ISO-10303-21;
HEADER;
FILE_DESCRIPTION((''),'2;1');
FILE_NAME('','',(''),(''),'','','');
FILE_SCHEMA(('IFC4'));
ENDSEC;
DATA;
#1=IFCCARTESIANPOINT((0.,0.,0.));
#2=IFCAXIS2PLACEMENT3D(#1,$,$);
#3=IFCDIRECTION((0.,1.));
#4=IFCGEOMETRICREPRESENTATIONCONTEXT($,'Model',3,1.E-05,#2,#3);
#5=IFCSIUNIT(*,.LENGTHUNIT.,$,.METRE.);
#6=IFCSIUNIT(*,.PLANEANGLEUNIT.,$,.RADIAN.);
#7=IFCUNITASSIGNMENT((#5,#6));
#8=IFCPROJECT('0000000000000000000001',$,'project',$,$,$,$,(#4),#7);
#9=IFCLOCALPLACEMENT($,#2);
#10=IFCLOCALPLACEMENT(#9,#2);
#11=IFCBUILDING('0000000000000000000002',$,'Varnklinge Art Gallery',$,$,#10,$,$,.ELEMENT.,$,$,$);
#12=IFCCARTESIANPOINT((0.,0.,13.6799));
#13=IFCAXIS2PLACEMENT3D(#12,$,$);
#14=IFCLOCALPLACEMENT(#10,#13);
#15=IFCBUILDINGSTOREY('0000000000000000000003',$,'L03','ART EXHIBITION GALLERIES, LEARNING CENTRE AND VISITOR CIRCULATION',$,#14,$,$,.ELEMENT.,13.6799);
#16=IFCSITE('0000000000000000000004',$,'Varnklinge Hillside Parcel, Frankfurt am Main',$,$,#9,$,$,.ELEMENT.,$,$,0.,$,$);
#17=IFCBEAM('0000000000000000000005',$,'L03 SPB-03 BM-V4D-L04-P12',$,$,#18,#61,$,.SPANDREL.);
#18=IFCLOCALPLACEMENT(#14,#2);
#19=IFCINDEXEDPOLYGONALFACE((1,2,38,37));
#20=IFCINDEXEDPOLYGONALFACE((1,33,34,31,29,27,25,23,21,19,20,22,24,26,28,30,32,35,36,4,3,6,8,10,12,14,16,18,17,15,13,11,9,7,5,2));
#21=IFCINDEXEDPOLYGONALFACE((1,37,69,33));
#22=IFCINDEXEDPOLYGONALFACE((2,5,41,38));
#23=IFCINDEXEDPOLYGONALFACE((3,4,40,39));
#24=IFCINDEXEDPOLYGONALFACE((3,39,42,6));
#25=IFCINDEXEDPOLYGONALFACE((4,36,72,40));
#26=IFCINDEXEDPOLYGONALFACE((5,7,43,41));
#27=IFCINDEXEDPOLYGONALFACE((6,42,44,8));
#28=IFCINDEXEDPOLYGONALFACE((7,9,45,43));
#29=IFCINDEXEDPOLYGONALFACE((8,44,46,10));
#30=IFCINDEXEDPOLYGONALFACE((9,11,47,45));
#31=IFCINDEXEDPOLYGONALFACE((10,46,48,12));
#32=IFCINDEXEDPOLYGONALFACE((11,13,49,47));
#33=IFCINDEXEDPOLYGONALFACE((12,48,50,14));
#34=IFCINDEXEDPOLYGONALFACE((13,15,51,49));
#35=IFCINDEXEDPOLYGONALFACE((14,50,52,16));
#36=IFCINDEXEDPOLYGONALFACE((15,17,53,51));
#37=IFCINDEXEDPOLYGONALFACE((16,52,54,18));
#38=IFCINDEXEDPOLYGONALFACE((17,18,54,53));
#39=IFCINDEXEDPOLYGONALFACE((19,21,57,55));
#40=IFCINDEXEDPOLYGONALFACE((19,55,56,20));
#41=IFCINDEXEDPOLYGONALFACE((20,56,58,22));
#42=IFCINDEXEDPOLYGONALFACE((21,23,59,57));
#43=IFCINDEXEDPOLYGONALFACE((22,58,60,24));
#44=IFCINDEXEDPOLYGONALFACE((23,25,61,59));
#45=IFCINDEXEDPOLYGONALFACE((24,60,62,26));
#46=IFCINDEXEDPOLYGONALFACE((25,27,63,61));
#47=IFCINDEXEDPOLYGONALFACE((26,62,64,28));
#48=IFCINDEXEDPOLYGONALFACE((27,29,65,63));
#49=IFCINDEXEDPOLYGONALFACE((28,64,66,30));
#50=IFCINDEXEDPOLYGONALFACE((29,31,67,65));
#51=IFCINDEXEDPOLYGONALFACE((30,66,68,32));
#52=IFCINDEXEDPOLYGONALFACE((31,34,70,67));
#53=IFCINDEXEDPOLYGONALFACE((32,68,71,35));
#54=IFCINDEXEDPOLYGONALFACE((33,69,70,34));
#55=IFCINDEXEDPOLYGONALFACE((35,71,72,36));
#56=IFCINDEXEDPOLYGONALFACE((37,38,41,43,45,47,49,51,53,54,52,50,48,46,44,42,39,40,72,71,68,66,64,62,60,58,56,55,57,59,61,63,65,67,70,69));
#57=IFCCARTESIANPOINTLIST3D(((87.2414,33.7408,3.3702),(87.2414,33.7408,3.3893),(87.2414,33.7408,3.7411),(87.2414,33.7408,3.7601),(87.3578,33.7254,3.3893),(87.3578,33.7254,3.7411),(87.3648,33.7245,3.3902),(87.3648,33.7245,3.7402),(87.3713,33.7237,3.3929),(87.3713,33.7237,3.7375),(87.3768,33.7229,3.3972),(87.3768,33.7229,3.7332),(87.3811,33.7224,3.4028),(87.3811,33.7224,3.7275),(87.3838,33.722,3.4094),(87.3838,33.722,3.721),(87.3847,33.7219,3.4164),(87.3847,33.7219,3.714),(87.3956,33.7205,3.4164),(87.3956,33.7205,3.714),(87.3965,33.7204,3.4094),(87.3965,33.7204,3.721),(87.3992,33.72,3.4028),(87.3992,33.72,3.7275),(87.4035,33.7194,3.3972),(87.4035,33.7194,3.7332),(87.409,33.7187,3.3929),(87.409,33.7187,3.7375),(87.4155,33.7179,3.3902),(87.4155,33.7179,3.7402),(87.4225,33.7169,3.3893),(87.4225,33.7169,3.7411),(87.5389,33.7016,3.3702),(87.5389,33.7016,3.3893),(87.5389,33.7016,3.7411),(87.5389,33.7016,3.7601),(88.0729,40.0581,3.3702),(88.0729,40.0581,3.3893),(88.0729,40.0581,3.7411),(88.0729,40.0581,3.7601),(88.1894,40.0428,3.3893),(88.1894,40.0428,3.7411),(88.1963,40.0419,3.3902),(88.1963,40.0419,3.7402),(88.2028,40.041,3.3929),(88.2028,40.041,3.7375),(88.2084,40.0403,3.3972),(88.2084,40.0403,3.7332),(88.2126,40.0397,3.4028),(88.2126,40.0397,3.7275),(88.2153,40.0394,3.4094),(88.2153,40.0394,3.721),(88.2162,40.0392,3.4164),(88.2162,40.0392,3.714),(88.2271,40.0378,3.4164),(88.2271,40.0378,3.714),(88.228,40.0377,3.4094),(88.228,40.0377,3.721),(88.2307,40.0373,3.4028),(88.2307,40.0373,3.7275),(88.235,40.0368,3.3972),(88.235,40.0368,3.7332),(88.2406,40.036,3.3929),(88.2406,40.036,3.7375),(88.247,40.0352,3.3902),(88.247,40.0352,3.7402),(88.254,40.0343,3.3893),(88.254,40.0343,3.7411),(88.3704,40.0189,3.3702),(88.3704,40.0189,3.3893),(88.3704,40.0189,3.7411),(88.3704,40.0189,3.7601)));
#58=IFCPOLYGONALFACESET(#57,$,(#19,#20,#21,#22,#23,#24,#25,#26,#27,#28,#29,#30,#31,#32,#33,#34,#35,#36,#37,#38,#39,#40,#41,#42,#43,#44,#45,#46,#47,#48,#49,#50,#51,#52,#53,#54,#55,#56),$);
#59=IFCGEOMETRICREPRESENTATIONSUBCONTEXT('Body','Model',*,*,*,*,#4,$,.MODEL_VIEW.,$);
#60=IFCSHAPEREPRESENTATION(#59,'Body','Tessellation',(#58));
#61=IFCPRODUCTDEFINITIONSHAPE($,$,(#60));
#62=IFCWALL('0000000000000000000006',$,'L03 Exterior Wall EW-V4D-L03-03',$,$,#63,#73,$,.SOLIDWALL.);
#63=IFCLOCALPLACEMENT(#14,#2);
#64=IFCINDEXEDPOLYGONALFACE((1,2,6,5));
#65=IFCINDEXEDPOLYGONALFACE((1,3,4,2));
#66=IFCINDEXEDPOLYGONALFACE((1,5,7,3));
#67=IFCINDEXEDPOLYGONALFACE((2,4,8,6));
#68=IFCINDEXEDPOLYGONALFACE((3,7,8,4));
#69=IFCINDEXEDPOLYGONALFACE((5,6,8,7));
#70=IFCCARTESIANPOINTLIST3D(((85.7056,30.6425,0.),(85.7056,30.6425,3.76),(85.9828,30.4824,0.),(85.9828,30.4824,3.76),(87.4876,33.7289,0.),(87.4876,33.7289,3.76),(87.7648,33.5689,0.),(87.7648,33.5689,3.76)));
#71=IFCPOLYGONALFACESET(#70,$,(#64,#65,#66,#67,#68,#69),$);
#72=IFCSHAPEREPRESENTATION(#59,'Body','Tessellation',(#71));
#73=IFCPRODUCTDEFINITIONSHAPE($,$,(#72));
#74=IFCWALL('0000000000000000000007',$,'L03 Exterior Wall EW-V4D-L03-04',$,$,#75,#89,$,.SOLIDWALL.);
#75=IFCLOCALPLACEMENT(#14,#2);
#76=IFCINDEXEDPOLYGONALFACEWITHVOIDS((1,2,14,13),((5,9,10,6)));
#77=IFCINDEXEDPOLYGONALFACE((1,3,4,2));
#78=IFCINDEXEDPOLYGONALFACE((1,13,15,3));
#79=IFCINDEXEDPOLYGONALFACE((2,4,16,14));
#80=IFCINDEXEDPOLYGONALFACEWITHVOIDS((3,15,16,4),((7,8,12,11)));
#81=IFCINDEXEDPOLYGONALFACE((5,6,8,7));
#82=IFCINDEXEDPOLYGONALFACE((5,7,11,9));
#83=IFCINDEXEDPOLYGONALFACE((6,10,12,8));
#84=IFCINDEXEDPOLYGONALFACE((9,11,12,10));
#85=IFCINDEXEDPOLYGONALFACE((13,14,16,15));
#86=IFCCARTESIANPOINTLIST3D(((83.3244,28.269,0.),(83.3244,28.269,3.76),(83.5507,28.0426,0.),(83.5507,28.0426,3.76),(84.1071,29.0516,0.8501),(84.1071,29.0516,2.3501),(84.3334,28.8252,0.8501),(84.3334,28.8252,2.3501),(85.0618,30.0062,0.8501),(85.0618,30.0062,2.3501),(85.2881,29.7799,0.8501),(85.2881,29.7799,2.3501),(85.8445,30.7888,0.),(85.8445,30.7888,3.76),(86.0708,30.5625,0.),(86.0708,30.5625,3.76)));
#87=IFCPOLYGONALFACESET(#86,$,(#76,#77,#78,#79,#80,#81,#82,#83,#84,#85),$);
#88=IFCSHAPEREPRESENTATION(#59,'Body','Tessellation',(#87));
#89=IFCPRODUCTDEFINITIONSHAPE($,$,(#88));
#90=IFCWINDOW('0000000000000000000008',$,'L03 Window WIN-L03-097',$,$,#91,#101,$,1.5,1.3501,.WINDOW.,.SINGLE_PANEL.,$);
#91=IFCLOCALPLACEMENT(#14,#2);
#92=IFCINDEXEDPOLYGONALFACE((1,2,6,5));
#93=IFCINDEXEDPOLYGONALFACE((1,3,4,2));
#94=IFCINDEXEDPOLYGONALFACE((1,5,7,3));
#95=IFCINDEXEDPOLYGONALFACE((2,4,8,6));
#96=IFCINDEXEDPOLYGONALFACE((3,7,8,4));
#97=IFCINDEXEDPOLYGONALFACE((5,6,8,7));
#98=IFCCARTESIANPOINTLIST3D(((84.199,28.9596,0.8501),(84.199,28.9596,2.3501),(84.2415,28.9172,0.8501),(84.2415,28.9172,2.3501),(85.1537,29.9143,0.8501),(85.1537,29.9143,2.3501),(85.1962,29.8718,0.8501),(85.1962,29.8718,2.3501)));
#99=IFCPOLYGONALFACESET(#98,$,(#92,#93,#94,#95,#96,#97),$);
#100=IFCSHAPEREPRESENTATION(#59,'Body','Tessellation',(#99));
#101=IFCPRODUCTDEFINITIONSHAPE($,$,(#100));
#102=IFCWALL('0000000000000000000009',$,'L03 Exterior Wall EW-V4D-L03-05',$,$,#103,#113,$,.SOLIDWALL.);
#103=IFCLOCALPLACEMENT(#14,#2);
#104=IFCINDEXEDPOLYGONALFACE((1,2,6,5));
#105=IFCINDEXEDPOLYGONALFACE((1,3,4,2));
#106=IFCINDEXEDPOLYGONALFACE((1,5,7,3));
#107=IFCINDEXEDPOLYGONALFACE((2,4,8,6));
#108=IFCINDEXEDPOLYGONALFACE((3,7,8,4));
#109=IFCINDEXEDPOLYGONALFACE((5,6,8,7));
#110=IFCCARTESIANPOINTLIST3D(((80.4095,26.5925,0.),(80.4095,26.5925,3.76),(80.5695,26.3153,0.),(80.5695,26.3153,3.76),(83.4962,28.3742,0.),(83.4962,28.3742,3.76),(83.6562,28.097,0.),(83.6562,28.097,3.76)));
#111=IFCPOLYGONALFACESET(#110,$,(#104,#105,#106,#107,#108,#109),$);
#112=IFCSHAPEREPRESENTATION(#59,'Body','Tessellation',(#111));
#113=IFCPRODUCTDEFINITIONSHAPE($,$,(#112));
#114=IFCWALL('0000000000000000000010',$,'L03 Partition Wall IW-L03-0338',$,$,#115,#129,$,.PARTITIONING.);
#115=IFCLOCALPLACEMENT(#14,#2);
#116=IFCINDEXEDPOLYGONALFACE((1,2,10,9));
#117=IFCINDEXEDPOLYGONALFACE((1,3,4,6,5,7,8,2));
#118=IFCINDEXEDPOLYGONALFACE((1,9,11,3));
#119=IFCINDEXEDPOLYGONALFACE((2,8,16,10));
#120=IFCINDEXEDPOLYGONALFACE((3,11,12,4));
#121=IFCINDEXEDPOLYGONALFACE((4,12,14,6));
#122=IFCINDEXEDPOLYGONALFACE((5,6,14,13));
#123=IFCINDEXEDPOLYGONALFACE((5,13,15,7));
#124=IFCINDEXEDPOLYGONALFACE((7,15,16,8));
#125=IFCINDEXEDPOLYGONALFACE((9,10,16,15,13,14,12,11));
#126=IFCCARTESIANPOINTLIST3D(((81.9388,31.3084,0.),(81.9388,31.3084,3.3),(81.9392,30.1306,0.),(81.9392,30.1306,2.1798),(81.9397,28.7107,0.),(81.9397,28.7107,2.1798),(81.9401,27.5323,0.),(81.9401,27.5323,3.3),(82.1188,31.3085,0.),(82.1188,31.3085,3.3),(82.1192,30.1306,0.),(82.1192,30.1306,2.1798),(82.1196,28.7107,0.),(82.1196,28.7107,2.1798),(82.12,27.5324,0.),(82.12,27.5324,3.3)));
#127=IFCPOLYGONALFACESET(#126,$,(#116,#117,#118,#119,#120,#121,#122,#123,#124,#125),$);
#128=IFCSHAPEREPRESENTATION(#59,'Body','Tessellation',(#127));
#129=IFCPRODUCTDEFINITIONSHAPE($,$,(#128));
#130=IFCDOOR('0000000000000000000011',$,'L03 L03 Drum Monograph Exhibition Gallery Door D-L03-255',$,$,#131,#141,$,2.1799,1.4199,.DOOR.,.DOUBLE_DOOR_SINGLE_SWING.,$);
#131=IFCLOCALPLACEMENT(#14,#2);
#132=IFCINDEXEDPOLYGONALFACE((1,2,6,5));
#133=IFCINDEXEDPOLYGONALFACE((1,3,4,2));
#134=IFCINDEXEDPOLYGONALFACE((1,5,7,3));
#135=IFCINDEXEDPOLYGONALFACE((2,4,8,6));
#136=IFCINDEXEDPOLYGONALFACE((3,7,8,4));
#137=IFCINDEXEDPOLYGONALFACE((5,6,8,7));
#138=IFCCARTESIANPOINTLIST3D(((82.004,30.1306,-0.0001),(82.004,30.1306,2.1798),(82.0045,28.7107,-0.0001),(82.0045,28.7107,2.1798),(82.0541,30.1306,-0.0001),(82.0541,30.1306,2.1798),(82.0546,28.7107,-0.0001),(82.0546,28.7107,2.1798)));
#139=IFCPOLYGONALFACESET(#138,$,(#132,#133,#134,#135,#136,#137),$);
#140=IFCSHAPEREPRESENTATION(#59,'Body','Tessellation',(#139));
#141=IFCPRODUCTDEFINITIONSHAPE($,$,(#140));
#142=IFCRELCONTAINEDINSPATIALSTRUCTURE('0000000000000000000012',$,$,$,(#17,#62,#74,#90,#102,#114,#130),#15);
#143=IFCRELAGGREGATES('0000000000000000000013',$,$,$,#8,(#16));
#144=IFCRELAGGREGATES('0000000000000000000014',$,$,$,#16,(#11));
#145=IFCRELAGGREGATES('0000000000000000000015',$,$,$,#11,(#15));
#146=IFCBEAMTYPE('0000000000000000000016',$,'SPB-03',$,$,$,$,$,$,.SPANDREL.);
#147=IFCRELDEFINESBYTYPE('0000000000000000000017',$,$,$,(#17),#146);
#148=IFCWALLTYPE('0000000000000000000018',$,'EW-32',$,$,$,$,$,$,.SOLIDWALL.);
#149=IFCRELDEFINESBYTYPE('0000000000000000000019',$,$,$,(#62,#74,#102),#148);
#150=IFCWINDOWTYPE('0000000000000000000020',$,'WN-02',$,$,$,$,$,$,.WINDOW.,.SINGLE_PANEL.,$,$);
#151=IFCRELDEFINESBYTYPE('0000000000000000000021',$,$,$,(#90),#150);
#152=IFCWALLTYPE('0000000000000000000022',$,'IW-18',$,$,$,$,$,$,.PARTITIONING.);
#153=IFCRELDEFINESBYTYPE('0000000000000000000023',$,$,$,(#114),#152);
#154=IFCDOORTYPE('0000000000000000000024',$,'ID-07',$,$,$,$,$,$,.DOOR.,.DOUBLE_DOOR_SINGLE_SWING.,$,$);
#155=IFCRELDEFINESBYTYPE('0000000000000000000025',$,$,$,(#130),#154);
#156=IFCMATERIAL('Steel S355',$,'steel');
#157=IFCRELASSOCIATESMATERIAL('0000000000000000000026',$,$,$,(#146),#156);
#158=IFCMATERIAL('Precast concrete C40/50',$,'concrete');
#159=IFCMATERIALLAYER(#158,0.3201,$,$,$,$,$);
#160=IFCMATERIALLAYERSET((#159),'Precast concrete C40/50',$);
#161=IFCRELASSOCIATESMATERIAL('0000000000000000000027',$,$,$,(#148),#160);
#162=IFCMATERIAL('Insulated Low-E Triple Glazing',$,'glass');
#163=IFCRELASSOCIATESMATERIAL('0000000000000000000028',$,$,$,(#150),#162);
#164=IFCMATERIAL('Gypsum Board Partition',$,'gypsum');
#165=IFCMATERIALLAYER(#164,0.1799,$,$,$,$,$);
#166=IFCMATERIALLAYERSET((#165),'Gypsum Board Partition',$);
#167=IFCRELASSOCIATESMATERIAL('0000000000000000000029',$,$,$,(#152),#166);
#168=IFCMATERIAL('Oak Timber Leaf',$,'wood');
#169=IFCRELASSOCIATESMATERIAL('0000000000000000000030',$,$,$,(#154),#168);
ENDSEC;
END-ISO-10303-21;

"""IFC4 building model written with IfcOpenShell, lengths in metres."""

from ifc_helpers import new_model, si_unit, direction, frame, frame_2d, origin, origin_2d, place, context, subcontext, project, spatial, rectangle, i_section, extrude, material, layer, layer_set, material_profile, profile_set, type_object, element, fill, save


model = new_model("IFC4")

# Units and contexts
model_context = context("Model", 3, precision=1e-05, world=origin(), true_north=direction((0.0, 1.0)))
body_context = subcontext(model_context, "Body", "Model", "MODEL_VIEW")
ifc_project = project(units=[si_unit("LENGTHUNIT", "METRE"), si_unit("PLANEANGLEUNIT", "RADIAN")], contexts=[model_context])

# Site, building, storey
site_placement = place(None, origin())
site = spatial("IfcSite", under=ifc_project, at=site_placement, Name="Varnklinge Hillside Parcel, Frankfurt am Main", CompositionType="ELEMENT", RefElevation=0.0)
building_placement = place(site_placement, origin())
building = spatial("IfcBuilding", under=site, at=building_placement, Name="Varnklinge Art Gallery", CompositionType="ELEMENT")
storey_placement = place(building_placement, frame((0.0, 0.0, 13.6799)))
storey = spatial("IfcBuildingStorey", under=building, at=storey_placement, Name="L03", Description="ART EXHIBITION GALLERIES, LEARNING CENTRE AND VISITOR CIRCULATION", CompositionType="ELEMENT", Elevation=13.6799)

# Beam
ifc_material_1 = material(Name="Steel S355", Category="steel")
ifc_material_profile_1 = material_profile(ifc_material_1, i_section(OverallWidth=0.3, OverallDepth=0.3899, WebThickness=0.011, FlangeThickness=0.019, FilletRadius=0.0271, at=origin_2d()), Name="HEA 400")
ifc_profile_set_1 = profile_set([ifc_material_profile_1], Name="Steel S355")
beam_type_1 = type_object("IfcBeamType", Name="SPB-03", PredefinedType="SPANDREL", material=ifc_profile_set_1)
beam_1_placement = place(storey_placement, frame((87.3901, 33.7212, 3.5652), z_axis=(0.130502, 0.991448, 0.0), x_axis=(-0.991448, 0.130502, 0.0)))
element("IfcBeam", 1, at=beam_1_placement, inside=storey, type_object=beam_type_1, Name="L03 SPB-03 BM-V4D-L04-P12", PredefinedType="SPANDREL", context=body_context, shape_type="SweptSolid", body=[
    extrude(i_section(OverallWidth=0.3, OverallDepth=0.3899, WebThickness=0.011, FlangeThickness=0.019, FilletRadius=0.0271, at=origin_2d()), origin(), (0.0, 0.0, 1.0), 6.3718),
])

# Wall
ifc_material_2 = material(Name="Precast concrete C40/50", Category="concrete")
ifc_layer_1 = layer(ifc_material_2, 0.3201)
ifc_layer_set_1 = layer_set([ifc_layer_1], Name="Precast concrete C40/50")
wall_type_1 = type_object("IfcWallType", Name="EW-32", PredefinedType="SOLIDWALL", material=ifc_layer_set_1)
wall_1_placement = place(storey_placement, frame((87.6262, 33.6489, 0.0), z_axis=(0.0, 0.0, 1.0), x_axis=(-0.500007, -0.866021, 0.0)))
element("IfcWall", 2, at=wall_1_placement, inside=storey, type_object=wall_type_1, Name="L03 Exterior Wall EW-V4D-L03-03", PredefinedType="SOLIDWALL", context=body_context, shape_type="SweptSolid", body=[
    extrude(rectangle(XDim=3.564, YDim=0.3201, at=frame_2d((1.782, 0.0))), origin(), (0.0, 0.0, 1.0), 3.76),
])

# Wall, opening, window
wall_2_placement = place(storey_placement, frame((85.9575, 30.6755, 0.0), z_axis=(0.0, 0.0, 1.0), x_axis=(-0.707141, -0.707073, 0.0)))
wall_2 = element("IfcWall", 3, at=wall_2_placement, inside=storey, type_object=wall_type_1, Name="L03 Exterior Wall EW-V4D-L03-04", PredefinedType="SOLIDWALL", context=body_context, shape_type="SweptSolid", body=[
    extrude(rectangle(XDim=3.5637, YDim=0.3201, at=frame_2d((1.7817, 0.0))), origin(), (0.0, 0.0, 1.0), 3.76),
])
opening_1_placement = place(wall_2_placement, frame((1.1067, 0.0, 0.8501)))
opening_1 = element("IfcOpeningElement", 4, at=opening_1_placement, cuts=wall_2, PredefinedType="OPENING", context=body_context, shape_type="SweptSolid", body=[
    extrude(rectangle(XDim=1.3501, YDim=1.5, at=frame_2d((0.675, 0.75))), frame((0.0, 0.1702, 0.0), z_axis=(0.0, -1.0, 0.0), x_axis=(1.0, 0.0, 0.0)), (0.0, 0.0, 1.0), 0.3401),
])
ifc_material_3 = material(Name="Insulated Low-E Triple Glazing", Category="glass")
window_type = type_object("IfcWindowType", Name="WN-02", PartitioningType="SINGLE_PANEL", PredefinedType="WINDOW", material=ifc_material_3)
window_placement = place(opening_1_placement, origin())
window = element("IfcWindow", 5, at=window_placement, inside=storey, type_object=window_type, Name="L03 Window WIN-L03-097", OverallHeight=1.5, OverallWidth=1.3501, PartitioningType="SINGLE_PANEL", PredefinedType="WINDOW", context=body_context, shape_type="SweptSolid", body=[
    extrude(rectangle(XDim=1.3501, YDim=1.5, at=frame_2d((0.675, 0.75))), frame((0.0, 0.03, 0.0), z_axis=(0.0, -1.0, 0.0), x_axis=(1.0, 0.0, 0.0)), (0.0, 0.0, 1.0), 0.0601),
])
fill(opening_1, window)

# Wall
wall_3_placement = place(storey_placement, frame((83.5762, 28.2356, 0.0), z_axis=(0.0, 0.0, 1.0), x_axis=(-0.866068, -0.499926, 0.0)))
element("IfcWall", 6, at=wall_3_placement, inside=storey, type_object=wall_type_1, Name="L03 Exterior Wall EW-V4D-L03-05", PredefinedType="SOLIDWALL", context=body_context, shape_type="SweptSolid", body=[
    extrude(rectangle(XDim=3.564, YDim=0.3201, at=frame_2d((1.782, 0.0))), origin(), (0.0, 0.0, 1.0), 3.76),
])

# Wall, opening, door
ifc_material_4 = material(Name="Gypsum Board Partition", Category="gypsum")
ifc_layer_2 = layer(ifc_material_4, 0.1799)
ifc_layer_set_2 = layer_set([ifc_layer_2], Name="Gypsum Board Partition")
wall_type_2 = type_object("IfcWallType", Name="IW-18", PredefinedType="PARTITIONING", material=ifc_layer_set_2)
wall_4_placement = place(storey_placement, frame((82.0288, 31.3086, 0.0), z_axis=(0.0, 0.0, 1.0), x_axis=(0.000323, -1.0, 0.0)))
wall_4 = element("IfcWall", 7, at=wall_4_placement, inside=storey, type_object=wall_type_2, Name="L03 Partition Wall IW-L03-0338", PredefinedType="PARTITIONING", context=body_context, shape_type="SweptSolid", body=[
    extrude(rectangle(XDim=3.7761, YDim=0.1799, at=frame_2d((1.8882, 0.0))), origin(), (0.0, 0.0, 1.0), 3.3),
])
opening_2_placement = place(wall_4_placement, frame((1.178, 0.0, 0.0)))
opening_2 = element("IfcOpeningElement", 8, at=opening_2_placement, cuts=wall_4, PredefinedType="OPENING", context=body_context, shape_type="SweptSolid", body=[
    extrude(rectangle(XDim=1.4199, YDim=2.1799, at=frame_2d((0.71, 1.0898))), frame((0.0, 0.0999, 0.0), z_axis=(0.0, -1.0, 0.0), x_axis=(1.0, 0.0, 0.0)), (0.0, 0.0, 1.0), 0.2),
])
ifc_material_5 = material(Name="Oak Timber Leaf", Category="wood")
door_type = type_object("IfcDoorType", Name="ID-07", OperationType="DOUBLE_DOOR_SINGLE_SWING", PredefinedType="DOOR", material=ifc_material_5)
door_placement = place(opening_2_placement, origin())
door = element("IfcDoor", 9, at=door_placement, inside=storey, type_object=door_type, Name="L03 L03 Drum Monograph Exhibition Gallery Door D-L03-255", OperationType="DOUBLE_DOOR_SINGLE_SWING", OverallHeight=2.1799, OverallWidth=1.4199, PredefinedType="DOOR", context=body_context, shape_type="SweptSolid", body=[
    extrude(rectangle(XDim=1.4199, YDim=2.1799, at=frame_2d((0.71, 1.0898))), frame((0.0, 0.0249, 0.0), z_axis=(0.0, -1.0, 0.0), x_axis=(1.0, 0.0, 0.0)), (0.0, 0.0, 1.0), 0.05),
])
fill(opening_2, door)

save(model, "model.ifc")
